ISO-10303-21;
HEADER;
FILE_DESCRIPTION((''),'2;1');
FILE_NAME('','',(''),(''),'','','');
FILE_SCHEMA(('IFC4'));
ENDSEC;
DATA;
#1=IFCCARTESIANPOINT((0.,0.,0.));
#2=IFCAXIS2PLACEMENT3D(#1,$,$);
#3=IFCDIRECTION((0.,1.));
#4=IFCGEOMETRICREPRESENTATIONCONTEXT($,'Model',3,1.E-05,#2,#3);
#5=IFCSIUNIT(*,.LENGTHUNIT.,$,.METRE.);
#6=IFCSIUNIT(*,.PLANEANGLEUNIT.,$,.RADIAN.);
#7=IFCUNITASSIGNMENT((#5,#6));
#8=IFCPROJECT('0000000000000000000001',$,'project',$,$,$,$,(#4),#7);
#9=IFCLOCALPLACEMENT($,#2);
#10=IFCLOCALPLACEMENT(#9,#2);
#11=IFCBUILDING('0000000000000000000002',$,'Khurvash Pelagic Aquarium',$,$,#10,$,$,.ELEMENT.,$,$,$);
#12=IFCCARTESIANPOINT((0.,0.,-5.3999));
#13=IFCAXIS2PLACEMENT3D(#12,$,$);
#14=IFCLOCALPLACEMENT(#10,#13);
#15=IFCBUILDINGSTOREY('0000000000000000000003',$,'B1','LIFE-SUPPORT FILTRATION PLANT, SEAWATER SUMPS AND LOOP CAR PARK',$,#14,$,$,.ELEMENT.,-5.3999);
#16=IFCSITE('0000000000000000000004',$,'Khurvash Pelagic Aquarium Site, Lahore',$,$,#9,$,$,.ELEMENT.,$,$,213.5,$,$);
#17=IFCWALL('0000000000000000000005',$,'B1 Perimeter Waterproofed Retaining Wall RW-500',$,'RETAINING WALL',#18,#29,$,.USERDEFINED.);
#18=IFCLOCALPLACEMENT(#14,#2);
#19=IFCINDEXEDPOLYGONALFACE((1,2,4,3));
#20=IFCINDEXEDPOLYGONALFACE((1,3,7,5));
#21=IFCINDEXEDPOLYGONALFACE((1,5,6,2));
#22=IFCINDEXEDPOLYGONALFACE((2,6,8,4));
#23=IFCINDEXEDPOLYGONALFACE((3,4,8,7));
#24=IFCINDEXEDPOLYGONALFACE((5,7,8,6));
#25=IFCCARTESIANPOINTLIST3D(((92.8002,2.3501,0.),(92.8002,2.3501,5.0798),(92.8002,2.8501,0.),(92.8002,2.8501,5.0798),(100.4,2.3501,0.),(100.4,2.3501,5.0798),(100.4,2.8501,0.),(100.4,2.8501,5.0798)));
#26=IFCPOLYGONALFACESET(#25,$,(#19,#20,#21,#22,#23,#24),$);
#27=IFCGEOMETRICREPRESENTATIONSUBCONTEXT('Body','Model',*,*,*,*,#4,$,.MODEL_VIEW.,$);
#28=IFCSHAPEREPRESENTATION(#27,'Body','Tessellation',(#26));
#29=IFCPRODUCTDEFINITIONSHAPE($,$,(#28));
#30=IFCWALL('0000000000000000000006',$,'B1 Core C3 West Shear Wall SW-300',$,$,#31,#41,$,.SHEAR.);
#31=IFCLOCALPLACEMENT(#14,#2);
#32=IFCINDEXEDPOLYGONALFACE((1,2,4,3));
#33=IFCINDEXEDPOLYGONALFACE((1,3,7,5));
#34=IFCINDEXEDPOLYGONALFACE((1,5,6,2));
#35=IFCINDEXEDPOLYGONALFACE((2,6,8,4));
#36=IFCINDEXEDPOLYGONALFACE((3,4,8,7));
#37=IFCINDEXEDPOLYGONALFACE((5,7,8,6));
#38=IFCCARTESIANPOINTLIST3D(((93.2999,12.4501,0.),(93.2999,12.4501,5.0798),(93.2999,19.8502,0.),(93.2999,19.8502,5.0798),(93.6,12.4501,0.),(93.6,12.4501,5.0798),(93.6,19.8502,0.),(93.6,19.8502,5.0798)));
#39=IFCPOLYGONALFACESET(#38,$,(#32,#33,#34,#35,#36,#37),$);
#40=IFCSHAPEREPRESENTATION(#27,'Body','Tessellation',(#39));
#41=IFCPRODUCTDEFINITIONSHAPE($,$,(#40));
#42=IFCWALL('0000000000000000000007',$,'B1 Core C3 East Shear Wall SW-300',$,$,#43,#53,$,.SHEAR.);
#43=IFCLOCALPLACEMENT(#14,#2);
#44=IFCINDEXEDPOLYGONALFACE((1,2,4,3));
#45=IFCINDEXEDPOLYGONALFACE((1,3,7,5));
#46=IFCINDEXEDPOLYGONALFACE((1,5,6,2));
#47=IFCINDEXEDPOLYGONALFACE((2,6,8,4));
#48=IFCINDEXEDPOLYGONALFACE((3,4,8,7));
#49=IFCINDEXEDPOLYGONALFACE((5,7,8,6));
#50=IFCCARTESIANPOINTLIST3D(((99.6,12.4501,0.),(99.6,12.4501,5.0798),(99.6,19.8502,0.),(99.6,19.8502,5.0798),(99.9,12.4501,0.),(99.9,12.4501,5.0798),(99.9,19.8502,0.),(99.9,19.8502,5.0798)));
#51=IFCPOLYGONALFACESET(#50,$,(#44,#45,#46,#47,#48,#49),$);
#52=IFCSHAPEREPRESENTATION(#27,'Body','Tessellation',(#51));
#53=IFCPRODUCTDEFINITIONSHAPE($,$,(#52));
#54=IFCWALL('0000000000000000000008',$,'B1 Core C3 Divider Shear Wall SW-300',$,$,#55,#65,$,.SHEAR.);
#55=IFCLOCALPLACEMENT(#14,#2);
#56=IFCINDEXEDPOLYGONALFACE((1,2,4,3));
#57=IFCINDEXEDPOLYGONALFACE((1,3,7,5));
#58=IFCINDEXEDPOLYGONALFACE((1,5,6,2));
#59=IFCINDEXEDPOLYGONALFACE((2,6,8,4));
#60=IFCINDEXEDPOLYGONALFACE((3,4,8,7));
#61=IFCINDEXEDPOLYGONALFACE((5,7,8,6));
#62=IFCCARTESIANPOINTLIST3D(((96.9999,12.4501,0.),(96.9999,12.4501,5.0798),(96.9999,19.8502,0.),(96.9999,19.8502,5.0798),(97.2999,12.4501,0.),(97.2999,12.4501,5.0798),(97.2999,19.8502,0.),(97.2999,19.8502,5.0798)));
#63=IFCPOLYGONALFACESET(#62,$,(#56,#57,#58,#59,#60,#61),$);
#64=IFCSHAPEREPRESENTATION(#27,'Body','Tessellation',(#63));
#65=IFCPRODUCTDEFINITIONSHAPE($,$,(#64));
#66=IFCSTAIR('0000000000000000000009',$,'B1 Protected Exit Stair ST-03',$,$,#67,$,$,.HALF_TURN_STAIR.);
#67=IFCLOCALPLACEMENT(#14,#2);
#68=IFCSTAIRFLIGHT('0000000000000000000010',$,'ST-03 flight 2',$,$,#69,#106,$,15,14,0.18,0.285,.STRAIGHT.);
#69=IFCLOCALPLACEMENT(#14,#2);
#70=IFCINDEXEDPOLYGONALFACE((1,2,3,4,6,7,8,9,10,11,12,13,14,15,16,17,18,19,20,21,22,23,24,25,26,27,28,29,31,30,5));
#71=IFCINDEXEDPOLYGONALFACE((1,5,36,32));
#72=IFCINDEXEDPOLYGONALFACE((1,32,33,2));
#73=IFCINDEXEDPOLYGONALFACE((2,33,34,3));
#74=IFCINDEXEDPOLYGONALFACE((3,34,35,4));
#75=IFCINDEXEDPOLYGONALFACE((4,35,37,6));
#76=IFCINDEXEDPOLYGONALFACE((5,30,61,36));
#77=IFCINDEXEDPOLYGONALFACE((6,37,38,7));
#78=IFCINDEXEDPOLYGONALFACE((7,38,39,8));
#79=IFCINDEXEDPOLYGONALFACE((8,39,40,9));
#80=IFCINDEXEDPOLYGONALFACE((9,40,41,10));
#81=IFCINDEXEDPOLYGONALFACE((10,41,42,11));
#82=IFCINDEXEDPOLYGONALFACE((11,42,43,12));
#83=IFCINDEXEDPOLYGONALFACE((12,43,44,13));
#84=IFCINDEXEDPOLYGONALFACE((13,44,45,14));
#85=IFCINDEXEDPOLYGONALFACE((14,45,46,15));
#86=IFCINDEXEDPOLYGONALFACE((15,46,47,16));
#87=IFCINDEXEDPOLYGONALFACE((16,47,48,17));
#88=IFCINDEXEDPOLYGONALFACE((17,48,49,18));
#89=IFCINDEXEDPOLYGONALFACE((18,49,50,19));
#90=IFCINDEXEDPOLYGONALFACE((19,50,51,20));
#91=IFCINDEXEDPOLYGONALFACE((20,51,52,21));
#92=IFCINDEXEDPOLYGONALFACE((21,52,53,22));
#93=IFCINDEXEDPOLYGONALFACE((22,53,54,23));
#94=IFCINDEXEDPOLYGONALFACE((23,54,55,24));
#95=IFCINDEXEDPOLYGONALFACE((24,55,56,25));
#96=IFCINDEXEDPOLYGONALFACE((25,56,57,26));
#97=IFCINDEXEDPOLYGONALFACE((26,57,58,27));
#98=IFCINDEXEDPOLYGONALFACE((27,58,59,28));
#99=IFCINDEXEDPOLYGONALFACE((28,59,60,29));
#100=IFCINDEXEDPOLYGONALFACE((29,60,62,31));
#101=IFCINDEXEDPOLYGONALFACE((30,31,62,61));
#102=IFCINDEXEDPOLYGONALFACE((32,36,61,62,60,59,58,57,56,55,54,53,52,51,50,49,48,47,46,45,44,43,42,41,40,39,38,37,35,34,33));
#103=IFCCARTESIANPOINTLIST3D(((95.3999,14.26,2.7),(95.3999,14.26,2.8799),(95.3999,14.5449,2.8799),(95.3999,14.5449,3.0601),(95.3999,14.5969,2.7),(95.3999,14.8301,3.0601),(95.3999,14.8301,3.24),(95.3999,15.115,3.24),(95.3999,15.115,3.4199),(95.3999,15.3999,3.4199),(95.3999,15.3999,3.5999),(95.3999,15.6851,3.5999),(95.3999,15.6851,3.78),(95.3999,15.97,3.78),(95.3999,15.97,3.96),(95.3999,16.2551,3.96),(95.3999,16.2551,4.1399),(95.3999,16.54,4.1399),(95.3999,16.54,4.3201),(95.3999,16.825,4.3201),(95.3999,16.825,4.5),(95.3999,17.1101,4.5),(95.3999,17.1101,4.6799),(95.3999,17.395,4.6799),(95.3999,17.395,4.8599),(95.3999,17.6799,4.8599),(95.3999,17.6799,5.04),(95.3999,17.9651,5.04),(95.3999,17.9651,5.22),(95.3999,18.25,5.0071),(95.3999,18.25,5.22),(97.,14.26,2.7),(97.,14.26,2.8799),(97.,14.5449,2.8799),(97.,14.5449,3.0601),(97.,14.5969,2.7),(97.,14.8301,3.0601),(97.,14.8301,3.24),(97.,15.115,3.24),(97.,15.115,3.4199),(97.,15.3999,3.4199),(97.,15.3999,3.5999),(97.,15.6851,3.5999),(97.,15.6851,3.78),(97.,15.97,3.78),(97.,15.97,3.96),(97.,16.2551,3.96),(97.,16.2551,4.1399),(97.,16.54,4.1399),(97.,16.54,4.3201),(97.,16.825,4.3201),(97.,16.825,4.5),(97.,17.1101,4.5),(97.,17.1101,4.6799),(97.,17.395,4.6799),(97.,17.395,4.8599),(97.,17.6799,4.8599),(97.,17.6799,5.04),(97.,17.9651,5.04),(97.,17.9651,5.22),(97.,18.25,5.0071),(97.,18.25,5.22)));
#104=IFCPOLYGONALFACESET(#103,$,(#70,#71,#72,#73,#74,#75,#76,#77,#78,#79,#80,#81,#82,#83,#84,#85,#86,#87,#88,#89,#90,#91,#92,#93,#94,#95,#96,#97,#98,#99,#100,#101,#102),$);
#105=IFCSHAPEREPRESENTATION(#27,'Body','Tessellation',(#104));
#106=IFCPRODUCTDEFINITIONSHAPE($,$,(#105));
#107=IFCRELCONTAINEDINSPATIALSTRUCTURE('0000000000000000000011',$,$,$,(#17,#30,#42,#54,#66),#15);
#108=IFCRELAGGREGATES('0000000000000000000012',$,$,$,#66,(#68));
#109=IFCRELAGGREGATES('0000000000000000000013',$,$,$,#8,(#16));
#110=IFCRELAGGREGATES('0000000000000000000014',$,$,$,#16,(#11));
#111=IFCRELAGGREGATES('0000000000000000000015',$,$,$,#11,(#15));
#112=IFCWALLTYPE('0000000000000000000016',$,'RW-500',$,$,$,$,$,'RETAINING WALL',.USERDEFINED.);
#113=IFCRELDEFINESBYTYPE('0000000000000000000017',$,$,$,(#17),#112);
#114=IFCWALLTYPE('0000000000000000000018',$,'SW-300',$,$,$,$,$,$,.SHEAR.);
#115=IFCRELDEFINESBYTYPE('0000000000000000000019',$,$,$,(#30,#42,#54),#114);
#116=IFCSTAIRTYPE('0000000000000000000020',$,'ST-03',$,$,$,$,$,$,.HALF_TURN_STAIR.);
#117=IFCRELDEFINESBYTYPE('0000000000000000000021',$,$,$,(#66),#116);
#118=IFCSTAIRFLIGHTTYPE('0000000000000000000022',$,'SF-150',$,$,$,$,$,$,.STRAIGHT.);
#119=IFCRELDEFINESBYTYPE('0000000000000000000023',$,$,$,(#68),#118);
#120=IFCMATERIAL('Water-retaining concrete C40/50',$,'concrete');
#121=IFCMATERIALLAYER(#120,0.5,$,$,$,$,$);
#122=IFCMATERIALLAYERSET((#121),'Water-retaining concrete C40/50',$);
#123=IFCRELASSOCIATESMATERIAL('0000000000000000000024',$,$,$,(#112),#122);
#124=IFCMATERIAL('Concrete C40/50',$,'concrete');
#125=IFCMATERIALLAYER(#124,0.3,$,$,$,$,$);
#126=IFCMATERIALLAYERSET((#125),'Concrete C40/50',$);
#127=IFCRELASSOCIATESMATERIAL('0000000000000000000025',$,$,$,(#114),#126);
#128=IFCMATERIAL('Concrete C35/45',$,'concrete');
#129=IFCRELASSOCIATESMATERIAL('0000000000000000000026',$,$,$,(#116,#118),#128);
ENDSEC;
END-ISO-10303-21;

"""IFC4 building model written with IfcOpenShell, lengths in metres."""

from ifc_helpers import new_model, si_unit, direction, frame, frame_2d, origin, place, context, subcontext, project, spatial, polyline, rectangle, outline, extrude, material, layer, layer_set, type_object, element, aggregate, save


model = new_model("IFC4")

# Units and contexts
model_context = context("Model", 3, precision=1e-05, world=origin(), true_north=direction((0.0, 1.0)))
body_context = subcontext(model_context, "Body", "Model", "MODEL_VIEW")
ifc_project = project(units=[si_unit("LENGTHUNIT", "METRE"), si_unit("PLANEANGLEUNIT", "RADIAN")], contexts=[model_context])

# Site, building, storey
site_placement = place(None, origin())
site = spatial("IfcSite", under=ifc_project, at=site_placement, Name="Khurvash Pelagic Aquarium Site, Lahore", CompositionType="ELEMENT", RefElevation=213.5)
building_placement = place(site_placement, origin())
building = spatial("IfcBuilding", under=site, at=building_placement, Name="Khurvash Pelagic Aquarium", CompositionType="ELEMENT")
storey_placement = place(building_placement, frame((0.0, 0.0, -5.3999)))
storey = spatial("IfcBuildingStorey", under=building, at=storey_placement, Name="B1", Description="LIFE-SUPPORT FILTRATION PLANT, SEAWATER SUMPS AND LOOP CAR PARK", CompositionType="ELEMENT", Elevation=-5.3999)

# Shared definitions
ifc_material_1 = material(Name="Concrete C35/45", Category="concrete")

# Shared definitions
ifc_material_2 = material(Name="Concrete C40/50", Category="concrete")

# Walls
ifc_material_3 = material(Name="Water-retaining concrete C40/50", Category="concrete")
ifc_layer_1 = layer(ifc_material_3, 0.5)
ifc_layer_set_1 = layer_set([ifc_layer_1], Name="Water-retaining concrete C40/50")
wall_type_1 = type_object("IfcWallType", Name="RW-500", ElementType="RETAINING WALL", PredefinedType="USERDEFINED", material=ifc_layer_set_1)
wall_1_placement = place(storey_placement, frame((100.3999, 2.6001, 0.0), z_axis=(0.0, 0.0, 1.0), x_axis=(-1.0, 0.0, 0.0)))
element("IfcWall", 1, at=wall_1_placement, inside=storey, type_object=wall_type_1, Name="B1 Perimeter Waterproofed Retaining Wall RW-500", ObjectType="RETAINING WALL", PredefinedType="USERDEFINED", context=body_context, shape_type="SweptSolid", body=[
    extrude(rectangle(XDim=7.5999, YDim=0.5, at=frame_2d((3.7998, 0.0))), origin(), (0.0, 0.0, 1.0), 5.0798),
])
ifc_layer_2 = layer(ifc_material_2, 0.3)
ifc_layer_set_2 = layer_set([ifc_layer_2], Name="Concrete C40/50")
wall_type_2 = type_object("IfcWallType", Name="SW-300", PredefinedType="SHEAR", material=ifc_layer_set_2)
for number, where, z_axis, x_axis, name in (
    (2, (93.45, 12.45, 0.0), (0.0, 0.0, 1.0), (0.0, 1.0, 0.0), "B1 Core C3 West Shear Wall SW-300"),
    (3, (99.75, 12.45, 0.0), (0.0, 0.0, 1.0), (0.0, 1.0, 0.0), "B1 Core C3 East Shear Wall SW-300"),
    (4, (97.1499, 12.45, 0.0), (0.0, 0.0, 1.0), (0.0, 1.0, 0.0), "B1 Core C3 Divider Shear Wall SW-300"),
):
    element("IfcWall", number, at=place(storey_placement, frame(where, z_axis=z_axis, x_axis=x_axis)), inside=storey, type_object=wall_type_2, Name=name, PredefinedType="SHEAR", context=body_context, shape_type="SweptSolid", body=[
        extrude(rectangle(XDim=7.4001, YDim=0.3, at=frame_2d((3.7002, 0.0))), origin(), (0.0, 0.0, 1.0), 5.0798),
    ])

# Stair, stair flight
stair_type = type_object("IfcStairType", Name="ST-03", PredefinedType="HALF_TURN_STAIR", material=ifc_material_1)
stair_placement = place(storey_placement, origin())
stair = element("IfcStair", 5, at=stair_placement, inside=storey, type_object=stair_type, Name="B1 Protected Exit Stair ST-03", PredefinedType="HALF_TURN_STAIR")
stair_flight_type = type_object("IfcStairFlightType", Name="SF-150", PredefinedType="STRAIGHT", material=ifc_material_1)
stair_flight_placement = place(storey_placement, frame((96.2, 14.26, 2.7), z_axis=(0.0, 0.0, 1.0), x_axis=(0.0, 1.0, 0.0)))
stair_flight = element("IfcStairFlight", 6, at=stair_flight_placement, type_object=stair_flight_type, Name="ST-03 flight 2", NumberOfRisers=15, NumberOfTreads=14, PredefinedType="STRAIGHT", RiserHeight=0.18, TreadLength=0.285, context=body_context, shape_type="SweptSolid", body=[
    extrude(outline(polyline([(0.0, 0.0), (0.0, 0.1799), (0.2849, 0.1799), (0.2849, 0.3601), (0.5701, 0.3601), (0.5701, 0.54), (0.855, 0.54), (0.855, 0.72), (1.1399, 0.72), (1.1399, 0.8999), (1.425, 0.8999), (1.425, 1.0801), (1.71, 1.0801), (1.71, 1.26), (1.9951, 1.26), (1.9951, 1.4399), (2.28, 1.4399), (2.28, 1.6201), (2.5649, 1.6201), (2.5649, 1.8), (2.8501, 1.8), (2.8501, 1.98), (3.135, 1.98), (3.135, 2.1599), (3.4199, 2.1599), (3.4199, 2.3401), (3.7051, 2.3401), (3.7051, 2.52), (3.99, 2.52), (3.99, 2.7), (3.99, 2.3071), (0.3369, 0.0), (0.0, 0.0)])), frame((0.0, 0.8, 0.0), z_axis=(0.0, -1.0, 0.0), x_axis=(1.0, 0.0, 0.0)), (0.0, 0.0, 1.0), 1.6001),
])
aggregate(stair, [stair_flight])

save(model, "model.ifc")
